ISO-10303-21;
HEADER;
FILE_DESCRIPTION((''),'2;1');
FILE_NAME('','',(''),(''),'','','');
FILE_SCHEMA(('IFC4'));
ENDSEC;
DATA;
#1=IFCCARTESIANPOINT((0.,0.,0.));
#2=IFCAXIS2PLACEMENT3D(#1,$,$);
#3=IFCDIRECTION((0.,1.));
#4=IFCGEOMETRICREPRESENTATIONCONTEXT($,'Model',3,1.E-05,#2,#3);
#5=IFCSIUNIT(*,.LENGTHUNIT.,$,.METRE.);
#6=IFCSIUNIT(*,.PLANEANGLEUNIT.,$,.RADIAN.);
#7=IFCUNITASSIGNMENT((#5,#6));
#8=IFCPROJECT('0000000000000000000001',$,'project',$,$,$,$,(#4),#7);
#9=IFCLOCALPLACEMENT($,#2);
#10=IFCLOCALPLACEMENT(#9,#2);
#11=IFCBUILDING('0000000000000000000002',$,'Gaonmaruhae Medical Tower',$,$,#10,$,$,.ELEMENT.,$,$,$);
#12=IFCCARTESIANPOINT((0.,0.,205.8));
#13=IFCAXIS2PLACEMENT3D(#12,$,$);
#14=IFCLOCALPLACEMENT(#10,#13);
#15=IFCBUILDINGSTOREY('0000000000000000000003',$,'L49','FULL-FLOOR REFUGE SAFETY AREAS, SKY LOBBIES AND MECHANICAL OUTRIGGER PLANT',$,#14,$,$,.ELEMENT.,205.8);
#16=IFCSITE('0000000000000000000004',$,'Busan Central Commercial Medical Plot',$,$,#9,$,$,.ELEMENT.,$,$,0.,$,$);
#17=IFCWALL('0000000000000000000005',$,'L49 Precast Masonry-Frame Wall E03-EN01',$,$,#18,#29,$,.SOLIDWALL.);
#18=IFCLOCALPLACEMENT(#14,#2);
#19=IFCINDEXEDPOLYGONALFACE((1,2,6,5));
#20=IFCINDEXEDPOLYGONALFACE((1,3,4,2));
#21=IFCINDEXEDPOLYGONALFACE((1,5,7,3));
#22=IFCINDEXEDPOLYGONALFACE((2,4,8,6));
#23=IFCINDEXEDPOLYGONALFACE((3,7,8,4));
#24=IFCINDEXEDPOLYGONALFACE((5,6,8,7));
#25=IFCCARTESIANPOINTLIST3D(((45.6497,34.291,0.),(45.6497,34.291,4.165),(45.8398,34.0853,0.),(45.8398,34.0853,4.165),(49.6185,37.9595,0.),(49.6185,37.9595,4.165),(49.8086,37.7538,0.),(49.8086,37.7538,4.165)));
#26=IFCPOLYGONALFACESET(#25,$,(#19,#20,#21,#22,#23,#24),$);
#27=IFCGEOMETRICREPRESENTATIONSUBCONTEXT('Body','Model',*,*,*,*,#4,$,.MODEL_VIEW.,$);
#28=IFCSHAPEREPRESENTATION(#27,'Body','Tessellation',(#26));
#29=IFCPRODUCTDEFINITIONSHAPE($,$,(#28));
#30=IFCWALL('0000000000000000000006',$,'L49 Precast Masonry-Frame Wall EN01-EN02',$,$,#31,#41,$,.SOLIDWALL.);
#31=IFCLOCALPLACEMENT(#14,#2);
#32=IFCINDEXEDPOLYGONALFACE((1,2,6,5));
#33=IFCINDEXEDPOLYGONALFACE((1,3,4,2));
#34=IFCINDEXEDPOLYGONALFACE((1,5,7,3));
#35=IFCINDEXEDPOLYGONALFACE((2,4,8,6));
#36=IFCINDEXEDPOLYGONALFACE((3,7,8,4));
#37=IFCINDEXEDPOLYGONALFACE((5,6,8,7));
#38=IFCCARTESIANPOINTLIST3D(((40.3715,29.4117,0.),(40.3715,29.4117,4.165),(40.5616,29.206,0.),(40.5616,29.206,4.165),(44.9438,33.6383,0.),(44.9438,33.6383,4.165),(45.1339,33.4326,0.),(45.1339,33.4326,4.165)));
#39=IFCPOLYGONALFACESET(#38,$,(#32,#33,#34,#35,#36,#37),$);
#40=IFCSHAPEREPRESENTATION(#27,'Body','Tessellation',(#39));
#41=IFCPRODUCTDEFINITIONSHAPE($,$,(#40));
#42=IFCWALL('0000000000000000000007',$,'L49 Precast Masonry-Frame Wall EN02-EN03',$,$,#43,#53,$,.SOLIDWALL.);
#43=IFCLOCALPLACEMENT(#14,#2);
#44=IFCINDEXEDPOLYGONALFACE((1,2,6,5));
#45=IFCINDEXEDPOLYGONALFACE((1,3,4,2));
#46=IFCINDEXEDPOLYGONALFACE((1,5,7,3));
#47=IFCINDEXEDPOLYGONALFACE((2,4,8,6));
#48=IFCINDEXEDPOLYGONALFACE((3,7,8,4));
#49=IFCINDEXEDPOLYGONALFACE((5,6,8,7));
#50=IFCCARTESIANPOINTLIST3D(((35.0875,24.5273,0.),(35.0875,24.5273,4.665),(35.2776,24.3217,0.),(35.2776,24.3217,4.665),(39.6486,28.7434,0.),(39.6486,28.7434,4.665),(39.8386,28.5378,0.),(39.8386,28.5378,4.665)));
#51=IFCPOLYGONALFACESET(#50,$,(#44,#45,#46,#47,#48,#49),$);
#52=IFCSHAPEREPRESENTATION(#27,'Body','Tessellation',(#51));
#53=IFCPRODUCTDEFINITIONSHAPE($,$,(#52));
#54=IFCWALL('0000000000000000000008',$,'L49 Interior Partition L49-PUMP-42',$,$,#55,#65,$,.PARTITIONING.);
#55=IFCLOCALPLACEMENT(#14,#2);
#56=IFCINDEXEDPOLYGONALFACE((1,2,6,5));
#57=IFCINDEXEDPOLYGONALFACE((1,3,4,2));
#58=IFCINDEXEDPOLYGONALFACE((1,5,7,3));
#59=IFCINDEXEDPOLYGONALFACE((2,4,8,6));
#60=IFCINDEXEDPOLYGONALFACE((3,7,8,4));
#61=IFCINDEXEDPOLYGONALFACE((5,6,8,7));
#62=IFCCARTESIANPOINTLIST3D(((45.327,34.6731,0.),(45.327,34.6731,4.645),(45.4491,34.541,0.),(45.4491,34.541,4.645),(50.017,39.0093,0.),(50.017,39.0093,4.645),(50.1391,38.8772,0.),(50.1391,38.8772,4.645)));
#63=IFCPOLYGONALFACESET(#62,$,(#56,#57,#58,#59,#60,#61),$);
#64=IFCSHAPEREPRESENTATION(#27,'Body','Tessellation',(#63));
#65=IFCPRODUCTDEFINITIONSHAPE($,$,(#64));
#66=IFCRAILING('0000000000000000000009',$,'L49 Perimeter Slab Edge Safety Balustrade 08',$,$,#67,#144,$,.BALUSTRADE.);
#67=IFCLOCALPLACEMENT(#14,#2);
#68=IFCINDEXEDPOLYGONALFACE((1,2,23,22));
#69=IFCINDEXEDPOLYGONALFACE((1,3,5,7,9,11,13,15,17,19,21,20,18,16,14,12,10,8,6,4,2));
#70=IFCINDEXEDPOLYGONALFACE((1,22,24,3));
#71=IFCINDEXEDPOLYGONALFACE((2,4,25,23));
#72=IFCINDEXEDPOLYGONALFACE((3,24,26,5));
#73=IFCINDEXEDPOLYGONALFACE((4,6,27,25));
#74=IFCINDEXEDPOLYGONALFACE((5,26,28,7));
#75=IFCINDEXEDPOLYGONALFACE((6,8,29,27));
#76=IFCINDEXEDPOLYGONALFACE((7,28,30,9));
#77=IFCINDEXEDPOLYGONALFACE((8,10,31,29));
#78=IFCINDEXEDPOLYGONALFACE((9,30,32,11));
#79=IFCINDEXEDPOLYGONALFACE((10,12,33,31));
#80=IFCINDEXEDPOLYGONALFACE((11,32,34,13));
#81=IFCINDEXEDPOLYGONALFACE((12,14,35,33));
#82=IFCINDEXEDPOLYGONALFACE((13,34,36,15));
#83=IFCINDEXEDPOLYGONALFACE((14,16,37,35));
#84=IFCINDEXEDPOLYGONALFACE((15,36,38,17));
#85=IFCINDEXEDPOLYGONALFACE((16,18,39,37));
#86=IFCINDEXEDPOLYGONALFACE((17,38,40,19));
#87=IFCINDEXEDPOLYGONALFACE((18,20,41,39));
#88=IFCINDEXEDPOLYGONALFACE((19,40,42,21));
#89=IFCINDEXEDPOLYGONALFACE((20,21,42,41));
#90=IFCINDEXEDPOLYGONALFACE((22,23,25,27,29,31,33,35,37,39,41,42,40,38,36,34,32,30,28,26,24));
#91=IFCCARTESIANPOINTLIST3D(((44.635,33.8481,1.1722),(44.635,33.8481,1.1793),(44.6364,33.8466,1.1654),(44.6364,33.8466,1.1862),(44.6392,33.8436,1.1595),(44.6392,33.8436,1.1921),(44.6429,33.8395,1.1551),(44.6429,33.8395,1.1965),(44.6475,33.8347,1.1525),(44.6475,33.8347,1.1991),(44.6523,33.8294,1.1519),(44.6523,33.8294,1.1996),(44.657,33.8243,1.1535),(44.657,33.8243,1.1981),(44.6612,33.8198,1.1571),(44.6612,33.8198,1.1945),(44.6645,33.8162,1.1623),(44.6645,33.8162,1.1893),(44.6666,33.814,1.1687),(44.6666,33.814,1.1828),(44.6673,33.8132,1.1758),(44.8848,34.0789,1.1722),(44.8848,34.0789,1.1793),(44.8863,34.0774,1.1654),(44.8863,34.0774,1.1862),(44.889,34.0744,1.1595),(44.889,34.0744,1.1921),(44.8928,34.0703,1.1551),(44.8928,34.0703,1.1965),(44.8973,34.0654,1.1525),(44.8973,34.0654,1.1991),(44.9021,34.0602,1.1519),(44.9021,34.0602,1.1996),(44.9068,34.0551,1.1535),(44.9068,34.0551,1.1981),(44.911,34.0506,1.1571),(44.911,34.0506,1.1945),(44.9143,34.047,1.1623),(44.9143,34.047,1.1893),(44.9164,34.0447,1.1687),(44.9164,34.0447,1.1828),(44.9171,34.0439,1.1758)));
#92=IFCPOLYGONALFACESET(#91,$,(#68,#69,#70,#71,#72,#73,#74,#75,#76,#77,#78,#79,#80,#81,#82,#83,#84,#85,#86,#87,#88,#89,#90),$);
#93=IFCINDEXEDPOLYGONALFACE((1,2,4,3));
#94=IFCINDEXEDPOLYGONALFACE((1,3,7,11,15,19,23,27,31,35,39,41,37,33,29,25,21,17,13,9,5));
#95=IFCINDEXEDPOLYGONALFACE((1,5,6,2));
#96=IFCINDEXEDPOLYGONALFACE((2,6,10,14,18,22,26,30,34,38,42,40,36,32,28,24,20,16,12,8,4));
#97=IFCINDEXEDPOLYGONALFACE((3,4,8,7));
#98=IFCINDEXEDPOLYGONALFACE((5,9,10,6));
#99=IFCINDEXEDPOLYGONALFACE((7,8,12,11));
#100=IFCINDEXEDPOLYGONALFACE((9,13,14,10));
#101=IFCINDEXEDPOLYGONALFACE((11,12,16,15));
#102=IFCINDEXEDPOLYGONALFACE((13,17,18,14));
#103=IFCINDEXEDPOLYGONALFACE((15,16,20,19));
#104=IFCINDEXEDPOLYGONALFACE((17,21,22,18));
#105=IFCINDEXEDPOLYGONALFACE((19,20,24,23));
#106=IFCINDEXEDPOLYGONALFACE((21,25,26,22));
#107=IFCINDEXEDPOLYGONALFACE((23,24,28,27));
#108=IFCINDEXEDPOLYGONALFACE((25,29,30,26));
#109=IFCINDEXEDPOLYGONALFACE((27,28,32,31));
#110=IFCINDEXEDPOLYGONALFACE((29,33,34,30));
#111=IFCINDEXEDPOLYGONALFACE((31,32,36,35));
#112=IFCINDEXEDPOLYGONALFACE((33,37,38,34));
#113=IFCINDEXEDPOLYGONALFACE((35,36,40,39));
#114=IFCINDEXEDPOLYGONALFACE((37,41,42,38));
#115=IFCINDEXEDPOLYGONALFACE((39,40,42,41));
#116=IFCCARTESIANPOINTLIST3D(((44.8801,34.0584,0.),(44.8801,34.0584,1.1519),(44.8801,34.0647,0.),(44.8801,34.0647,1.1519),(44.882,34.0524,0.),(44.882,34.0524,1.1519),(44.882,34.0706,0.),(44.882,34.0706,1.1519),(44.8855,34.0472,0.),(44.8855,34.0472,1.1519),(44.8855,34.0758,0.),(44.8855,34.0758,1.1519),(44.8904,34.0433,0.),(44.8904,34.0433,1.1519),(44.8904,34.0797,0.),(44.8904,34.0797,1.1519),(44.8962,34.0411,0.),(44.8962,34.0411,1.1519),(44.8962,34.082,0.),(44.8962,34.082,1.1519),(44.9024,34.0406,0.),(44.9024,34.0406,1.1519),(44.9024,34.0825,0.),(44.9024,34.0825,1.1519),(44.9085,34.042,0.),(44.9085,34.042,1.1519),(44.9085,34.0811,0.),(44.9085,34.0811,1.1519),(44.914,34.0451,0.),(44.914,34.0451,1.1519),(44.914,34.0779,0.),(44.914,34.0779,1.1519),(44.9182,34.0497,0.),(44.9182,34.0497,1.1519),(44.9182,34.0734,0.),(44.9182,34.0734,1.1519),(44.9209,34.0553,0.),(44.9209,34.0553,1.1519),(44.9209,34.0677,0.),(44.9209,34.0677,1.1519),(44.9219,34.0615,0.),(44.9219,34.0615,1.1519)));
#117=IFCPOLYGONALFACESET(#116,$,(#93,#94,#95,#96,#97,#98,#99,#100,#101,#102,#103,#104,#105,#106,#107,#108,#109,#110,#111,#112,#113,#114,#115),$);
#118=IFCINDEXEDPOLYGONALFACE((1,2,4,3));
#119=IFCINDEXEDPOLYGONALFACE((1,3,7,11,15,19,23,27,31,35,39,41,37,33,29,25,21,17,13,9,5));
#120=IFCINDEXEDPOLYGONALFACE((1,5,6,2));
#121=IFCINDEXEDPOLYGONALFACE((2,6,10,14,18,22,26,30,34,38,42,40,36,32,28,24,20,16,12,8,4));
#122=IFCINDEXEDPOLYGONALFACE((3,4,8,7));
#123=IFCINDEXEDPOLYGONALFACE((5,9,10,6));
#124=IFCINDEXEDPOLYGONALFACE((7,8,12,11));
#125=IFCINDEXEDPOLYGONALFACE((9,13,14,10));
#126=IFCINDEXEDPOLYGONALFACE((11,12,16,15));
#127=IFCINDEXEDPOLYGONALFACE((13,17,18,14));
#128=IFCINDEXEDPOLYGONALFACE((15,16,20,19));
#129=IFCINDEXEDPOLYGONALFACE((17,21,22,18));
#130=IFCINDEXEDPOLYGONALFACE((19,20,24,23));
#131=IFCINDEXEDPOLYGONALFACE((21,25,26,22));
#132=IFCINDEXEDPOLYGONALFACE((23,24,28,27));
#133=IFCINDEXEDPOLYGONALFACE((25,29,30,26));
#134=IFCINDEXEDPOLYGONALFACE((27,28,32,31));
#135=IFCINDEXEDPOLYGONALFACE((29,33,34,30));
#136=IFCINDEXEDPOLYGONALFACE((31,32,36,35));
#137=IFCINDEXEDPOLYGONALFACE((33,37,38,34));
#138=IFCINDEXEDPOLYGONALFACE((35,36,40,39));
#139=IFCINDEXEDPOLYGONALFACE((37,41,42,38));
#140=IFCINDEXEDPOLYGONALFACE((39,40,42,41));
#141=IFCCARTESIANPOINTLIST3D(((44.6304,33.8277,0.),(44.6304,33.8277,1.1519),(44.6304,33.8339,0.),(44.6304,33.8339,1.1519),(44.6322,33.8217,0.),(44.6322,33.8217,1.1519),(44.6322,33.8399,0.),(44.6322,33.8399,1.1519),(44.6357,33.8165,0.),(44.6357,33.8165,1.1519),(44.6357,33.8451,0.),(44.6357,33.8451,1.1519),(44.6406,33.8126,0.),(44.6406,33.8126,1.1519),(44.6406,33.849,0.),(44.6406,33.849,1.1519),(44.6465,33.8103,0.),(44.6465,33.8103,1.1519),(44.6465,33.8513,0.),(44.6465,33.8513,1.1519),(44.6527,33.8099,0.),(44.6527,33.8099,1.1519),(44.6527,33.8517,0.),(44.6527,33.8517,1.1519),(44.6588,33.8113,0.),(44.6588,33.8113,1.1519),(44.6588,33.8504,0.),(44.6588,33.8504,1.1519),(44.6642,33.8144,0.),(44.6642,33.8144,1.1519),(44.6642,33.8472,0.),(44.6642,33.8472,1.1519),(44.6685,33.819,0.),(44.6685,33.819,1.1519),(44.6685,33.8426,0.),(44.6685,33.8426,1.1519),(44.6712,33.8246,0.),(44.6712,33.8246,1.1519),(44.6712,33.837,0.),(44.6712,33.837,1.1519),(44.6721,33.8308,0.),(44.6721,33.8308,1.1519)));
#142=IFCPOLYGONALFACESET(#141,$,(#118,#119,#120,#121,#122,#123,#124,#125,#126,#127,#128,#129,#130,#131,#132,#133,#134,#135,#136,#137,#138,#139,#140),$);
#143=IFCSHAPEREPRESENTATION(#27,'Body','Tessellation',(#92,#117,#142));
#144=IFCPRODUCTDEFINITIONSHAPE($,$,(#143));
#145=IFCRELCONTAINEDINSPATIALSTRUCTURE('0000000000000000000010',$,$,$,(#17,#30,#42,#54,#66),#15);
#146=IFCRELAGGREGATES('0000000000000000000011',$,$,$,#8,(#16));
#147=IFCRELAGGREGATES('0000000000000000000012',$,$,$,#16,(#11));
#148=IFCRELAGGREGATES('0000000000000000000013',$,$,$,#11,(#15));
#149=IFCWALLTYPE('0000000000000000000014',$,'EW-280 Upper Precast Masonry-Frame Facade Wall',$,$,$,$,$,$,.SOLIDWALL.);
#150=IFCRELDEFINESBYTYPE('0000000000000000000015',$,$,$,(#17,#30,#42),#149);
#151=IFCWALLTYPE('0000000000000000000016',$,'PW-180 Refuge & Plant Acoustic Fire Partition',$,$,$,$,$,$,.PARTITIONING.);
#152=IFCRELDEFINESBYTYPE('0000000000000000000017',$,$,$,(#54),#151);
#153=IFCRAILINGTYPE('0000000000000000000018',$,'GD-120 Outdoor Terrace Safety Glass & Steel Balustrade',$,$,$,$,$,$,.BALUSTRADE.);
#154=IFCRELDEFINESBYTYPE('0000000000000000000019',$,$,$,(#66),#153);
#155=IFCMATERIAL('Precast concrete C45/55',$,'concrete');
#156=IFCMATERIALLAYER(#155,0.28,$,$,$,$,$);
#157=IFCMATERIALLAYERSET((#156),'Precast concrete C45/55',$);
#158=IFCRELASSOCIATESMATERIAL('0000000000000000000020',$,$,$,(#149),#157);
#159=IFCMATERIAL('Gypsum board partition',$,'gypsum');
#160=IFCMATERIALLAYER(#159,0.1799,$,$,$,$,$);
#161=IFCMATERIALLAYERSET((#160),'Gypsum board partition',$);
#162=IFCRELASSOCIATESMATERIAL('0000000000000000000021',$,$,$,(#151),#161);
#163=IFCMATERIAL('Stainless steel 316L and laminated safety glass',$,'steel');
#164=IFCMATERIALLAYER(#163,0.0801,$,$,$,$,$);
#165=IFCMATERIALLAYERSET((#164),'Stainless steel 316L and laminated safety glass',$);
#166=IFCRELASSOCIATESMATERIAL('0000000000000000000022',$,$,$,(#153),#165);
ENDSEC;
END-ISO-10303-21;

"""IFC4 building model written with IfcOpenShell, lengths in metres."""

from ifc_helpers import new_model, si_unit, direction, frame, frame_2d, origin, origin_2d, place, context, subcontext, project, spatial, rectangle, circle, extrude, material, layer, layer_set, type_object, element, save


model = new_model("IFC4")

# Units and contexts
model_context = context("Model", 3, precision=1e-05, world=origin(), true_north=direction((0.0, 1.0)))
body_context = subcontext(model_context, "Body", "Model", "MODEL_VIEW")
ifc_project = project(units=[si_unit("LENGTHUNIT", "METRE"), si_unit("PLANEANGLEUNIT", "RADIAN")], contexts=[model_context])

# Site, building, storey
site_placement = place(None, origin())
site = spatial("IfcSite", under=ifc_project, at=site_placement, Name="Busan Central Commercial Medical Plot", CompositionType="ELEMENT", RefElevation=0.0)
building_placement = place(site_placement, origin())
building = spatial("IfcBuilding", under=site, at=building_placement, Name="Gaonmaruhae Medical Tower", CompositionType="ELEMENT")
storey_placement = place(building_placement, frame((0.0, 0.0, 205.8)))
storey = spatial("IfcBuildingStorey", under=building, at=storey_placement, Name="L49", Description="FULL-FLOOR REFUGE SAFETY AREAS, SKY LOBBIES AND MECHANICAL OUTRIGGER PLANT", CompositionType="ELEMENT", Elevation=205.8)

# Walls
ifc_material_1 = material(Name="Precast concrete C45/55", Category="concrete")
ifc_layer_1 = layer(ifc_material_1, 0.28)
ifc_layer_set_1 = layer_set([ifc_layer_1], Name="Precast concrete C45/55")
wall_type_1 = type_object("IfcWallType", Name="EW-280 Upper Precast Masonry-Frame Facade Wall", PredefinedType="SOLIDWALL", material=ifc_layer_set_1)
wall_1_placement = place(storey_placement, frame((45.7449, 34.1882, 0.0), z_axis=(0.0, 0.0, 1.0), x_axis=(0.734343, 0.678779, 0.0)))
element("IfcWall", 1, at=wall_1_placement, inside=storey, type_object=wall_type_1, Name="L49 Precast Masonry-Frame Wall E03-EN01", PredefinedType="SOLIDWALL", context=body_context, shape_type="SweptSolid", body=[
    extrude(rectangle(XDim=5.4045, YDim=0.28, at=frame_2d((2.7021, 0.0))), origin(), (0.0, 0.0, 1.0), 4.165),
])
wall_2_placement = place(storey_placement, frame((40.4666, 29.3088, 0.0), z_axis=(0.0, 0.0, 1.0), x_axis=(0.734322, 0.678801, 0.0)))
element("IfcWall", 2, at=wall_2_placement, inside=storey, type_object=wall_type_1, Name="L49 Precast Masonry-Frame Wall EN01-EN02", PredefinedType="SOLIDWALL", context=body_context, shape_type="SweptSolid", body=[
    extrude(rectangle(XDim=6.2266, YDim=0.28, at=frame_2d((3.1133, 0.0))), origin(), (0.0, 0.0, 1.0), 4.165),
])
wall_3_placement = place(storey_placement, frame((35.1826, 24.4246, 0.0), z_axis=(0.0, 0.0, 1.0), x_axis=(0.734332, 0.678791, 0.0)))
element("IfcWall", 3, at=wall_3_placement, inside=storey, type_object=wall_type_1, Name="L49 Precast Masonry-Frame Wall EN02-EN03", PredefinedType="SOLIDWALL", context=body_context, shape_type="SweptSolid", body=[
    extrude(rectangle(XDim=6.2112, YDim=0.28, at=frame_2d((3.1055, 0.0))), origin(), (0.0, 0.0, 1.0), 4.665),
])
ifc_material_2 = material(Name="Gypsum board partition", Category="gypsum")
ifc_layer_2 = layer(ifc_material_2, 0.1799)
ifc_layer_set_2 = layer_set([ifc_layer_2], Name="Gypsum board partition")
wall_type_2 = type_object("IfcWallType", Name="PW-180 Refuge & Plant Acoustic Fire Partition", PredefinedType="PARTITIONING", material=ifc_layer_set_2)
wall_4_placement = place(storey_placement, frame((45.3879, 34.6069, 0.0), z_axis=(0.0, 0.0, 1.0), x_axis=(0.734257, 0.678872, 0.0)))
element("IfcWall", 4, at=wall_4_placement, inside=storey, type_object=wall_type_2, Name="L49 Interior Partition L49-PUMP-42", PredefinedType="PARTITIONING", context=body_context, shape_type="SweptSolid", body=[
    extrude(rectangle(XDim=6.3875, YDim=0.1799, at=frame_2d((3.1938, 0.0))), origin(), (0.0, 0.0, 1.0), 4.645),
])

# Railing
ifc_material_3 = material(Name="Stainless steel 316L and laminated safety glass", Category="steel")
ifc_layer_3 = layer(ifc_material_3, 0.0801)
ifc_layer_set_3 = layer_set([ifc_layer_3], Name="Stainless steel 316L and laminated safety glass")
railing_type = type_object("IfcRailingType", Name="GD-120 Outdoor Terrace Safety Glass & Steel Balustrade", PredefinedType="BALUSTRADE", material=ifc_layer_set_3)
railing_placement = place(storey_placement, frame((44.9009, 34.0615, 0.0)))
element("IfcRailing", 5, at=railing_placement, inside=storey, type_object=railing_type, Name="L49 Perimeter Slab Edge Safety Balustrade 08", PredefinedType="BALUSTRADE", context=body_context, shape_type="SweptSolid", body=[
    extrude(circle(Radius=0.0239, at=origin_2d()), frame((0.0, 0.0, 1.1758), z_axis=(-0.734556, -0.678548, 0.0), x_axis=(0.678548, -0.734556, 0.0)), (0.0, 0.0, 1.0), 0.3401),
    extrude(circle(Radius=0.021, at=origin_2d()), origin(), (0.0, 0.0, 1.0), 1.1519),
    extrude(circle(Radius=0.021, at=origin_2d()), frame((-0.2498, -0.2307, 0.0)), (0.0, 0.0, 1.0), 1.1519),
])

save(model, "model.ifc")
